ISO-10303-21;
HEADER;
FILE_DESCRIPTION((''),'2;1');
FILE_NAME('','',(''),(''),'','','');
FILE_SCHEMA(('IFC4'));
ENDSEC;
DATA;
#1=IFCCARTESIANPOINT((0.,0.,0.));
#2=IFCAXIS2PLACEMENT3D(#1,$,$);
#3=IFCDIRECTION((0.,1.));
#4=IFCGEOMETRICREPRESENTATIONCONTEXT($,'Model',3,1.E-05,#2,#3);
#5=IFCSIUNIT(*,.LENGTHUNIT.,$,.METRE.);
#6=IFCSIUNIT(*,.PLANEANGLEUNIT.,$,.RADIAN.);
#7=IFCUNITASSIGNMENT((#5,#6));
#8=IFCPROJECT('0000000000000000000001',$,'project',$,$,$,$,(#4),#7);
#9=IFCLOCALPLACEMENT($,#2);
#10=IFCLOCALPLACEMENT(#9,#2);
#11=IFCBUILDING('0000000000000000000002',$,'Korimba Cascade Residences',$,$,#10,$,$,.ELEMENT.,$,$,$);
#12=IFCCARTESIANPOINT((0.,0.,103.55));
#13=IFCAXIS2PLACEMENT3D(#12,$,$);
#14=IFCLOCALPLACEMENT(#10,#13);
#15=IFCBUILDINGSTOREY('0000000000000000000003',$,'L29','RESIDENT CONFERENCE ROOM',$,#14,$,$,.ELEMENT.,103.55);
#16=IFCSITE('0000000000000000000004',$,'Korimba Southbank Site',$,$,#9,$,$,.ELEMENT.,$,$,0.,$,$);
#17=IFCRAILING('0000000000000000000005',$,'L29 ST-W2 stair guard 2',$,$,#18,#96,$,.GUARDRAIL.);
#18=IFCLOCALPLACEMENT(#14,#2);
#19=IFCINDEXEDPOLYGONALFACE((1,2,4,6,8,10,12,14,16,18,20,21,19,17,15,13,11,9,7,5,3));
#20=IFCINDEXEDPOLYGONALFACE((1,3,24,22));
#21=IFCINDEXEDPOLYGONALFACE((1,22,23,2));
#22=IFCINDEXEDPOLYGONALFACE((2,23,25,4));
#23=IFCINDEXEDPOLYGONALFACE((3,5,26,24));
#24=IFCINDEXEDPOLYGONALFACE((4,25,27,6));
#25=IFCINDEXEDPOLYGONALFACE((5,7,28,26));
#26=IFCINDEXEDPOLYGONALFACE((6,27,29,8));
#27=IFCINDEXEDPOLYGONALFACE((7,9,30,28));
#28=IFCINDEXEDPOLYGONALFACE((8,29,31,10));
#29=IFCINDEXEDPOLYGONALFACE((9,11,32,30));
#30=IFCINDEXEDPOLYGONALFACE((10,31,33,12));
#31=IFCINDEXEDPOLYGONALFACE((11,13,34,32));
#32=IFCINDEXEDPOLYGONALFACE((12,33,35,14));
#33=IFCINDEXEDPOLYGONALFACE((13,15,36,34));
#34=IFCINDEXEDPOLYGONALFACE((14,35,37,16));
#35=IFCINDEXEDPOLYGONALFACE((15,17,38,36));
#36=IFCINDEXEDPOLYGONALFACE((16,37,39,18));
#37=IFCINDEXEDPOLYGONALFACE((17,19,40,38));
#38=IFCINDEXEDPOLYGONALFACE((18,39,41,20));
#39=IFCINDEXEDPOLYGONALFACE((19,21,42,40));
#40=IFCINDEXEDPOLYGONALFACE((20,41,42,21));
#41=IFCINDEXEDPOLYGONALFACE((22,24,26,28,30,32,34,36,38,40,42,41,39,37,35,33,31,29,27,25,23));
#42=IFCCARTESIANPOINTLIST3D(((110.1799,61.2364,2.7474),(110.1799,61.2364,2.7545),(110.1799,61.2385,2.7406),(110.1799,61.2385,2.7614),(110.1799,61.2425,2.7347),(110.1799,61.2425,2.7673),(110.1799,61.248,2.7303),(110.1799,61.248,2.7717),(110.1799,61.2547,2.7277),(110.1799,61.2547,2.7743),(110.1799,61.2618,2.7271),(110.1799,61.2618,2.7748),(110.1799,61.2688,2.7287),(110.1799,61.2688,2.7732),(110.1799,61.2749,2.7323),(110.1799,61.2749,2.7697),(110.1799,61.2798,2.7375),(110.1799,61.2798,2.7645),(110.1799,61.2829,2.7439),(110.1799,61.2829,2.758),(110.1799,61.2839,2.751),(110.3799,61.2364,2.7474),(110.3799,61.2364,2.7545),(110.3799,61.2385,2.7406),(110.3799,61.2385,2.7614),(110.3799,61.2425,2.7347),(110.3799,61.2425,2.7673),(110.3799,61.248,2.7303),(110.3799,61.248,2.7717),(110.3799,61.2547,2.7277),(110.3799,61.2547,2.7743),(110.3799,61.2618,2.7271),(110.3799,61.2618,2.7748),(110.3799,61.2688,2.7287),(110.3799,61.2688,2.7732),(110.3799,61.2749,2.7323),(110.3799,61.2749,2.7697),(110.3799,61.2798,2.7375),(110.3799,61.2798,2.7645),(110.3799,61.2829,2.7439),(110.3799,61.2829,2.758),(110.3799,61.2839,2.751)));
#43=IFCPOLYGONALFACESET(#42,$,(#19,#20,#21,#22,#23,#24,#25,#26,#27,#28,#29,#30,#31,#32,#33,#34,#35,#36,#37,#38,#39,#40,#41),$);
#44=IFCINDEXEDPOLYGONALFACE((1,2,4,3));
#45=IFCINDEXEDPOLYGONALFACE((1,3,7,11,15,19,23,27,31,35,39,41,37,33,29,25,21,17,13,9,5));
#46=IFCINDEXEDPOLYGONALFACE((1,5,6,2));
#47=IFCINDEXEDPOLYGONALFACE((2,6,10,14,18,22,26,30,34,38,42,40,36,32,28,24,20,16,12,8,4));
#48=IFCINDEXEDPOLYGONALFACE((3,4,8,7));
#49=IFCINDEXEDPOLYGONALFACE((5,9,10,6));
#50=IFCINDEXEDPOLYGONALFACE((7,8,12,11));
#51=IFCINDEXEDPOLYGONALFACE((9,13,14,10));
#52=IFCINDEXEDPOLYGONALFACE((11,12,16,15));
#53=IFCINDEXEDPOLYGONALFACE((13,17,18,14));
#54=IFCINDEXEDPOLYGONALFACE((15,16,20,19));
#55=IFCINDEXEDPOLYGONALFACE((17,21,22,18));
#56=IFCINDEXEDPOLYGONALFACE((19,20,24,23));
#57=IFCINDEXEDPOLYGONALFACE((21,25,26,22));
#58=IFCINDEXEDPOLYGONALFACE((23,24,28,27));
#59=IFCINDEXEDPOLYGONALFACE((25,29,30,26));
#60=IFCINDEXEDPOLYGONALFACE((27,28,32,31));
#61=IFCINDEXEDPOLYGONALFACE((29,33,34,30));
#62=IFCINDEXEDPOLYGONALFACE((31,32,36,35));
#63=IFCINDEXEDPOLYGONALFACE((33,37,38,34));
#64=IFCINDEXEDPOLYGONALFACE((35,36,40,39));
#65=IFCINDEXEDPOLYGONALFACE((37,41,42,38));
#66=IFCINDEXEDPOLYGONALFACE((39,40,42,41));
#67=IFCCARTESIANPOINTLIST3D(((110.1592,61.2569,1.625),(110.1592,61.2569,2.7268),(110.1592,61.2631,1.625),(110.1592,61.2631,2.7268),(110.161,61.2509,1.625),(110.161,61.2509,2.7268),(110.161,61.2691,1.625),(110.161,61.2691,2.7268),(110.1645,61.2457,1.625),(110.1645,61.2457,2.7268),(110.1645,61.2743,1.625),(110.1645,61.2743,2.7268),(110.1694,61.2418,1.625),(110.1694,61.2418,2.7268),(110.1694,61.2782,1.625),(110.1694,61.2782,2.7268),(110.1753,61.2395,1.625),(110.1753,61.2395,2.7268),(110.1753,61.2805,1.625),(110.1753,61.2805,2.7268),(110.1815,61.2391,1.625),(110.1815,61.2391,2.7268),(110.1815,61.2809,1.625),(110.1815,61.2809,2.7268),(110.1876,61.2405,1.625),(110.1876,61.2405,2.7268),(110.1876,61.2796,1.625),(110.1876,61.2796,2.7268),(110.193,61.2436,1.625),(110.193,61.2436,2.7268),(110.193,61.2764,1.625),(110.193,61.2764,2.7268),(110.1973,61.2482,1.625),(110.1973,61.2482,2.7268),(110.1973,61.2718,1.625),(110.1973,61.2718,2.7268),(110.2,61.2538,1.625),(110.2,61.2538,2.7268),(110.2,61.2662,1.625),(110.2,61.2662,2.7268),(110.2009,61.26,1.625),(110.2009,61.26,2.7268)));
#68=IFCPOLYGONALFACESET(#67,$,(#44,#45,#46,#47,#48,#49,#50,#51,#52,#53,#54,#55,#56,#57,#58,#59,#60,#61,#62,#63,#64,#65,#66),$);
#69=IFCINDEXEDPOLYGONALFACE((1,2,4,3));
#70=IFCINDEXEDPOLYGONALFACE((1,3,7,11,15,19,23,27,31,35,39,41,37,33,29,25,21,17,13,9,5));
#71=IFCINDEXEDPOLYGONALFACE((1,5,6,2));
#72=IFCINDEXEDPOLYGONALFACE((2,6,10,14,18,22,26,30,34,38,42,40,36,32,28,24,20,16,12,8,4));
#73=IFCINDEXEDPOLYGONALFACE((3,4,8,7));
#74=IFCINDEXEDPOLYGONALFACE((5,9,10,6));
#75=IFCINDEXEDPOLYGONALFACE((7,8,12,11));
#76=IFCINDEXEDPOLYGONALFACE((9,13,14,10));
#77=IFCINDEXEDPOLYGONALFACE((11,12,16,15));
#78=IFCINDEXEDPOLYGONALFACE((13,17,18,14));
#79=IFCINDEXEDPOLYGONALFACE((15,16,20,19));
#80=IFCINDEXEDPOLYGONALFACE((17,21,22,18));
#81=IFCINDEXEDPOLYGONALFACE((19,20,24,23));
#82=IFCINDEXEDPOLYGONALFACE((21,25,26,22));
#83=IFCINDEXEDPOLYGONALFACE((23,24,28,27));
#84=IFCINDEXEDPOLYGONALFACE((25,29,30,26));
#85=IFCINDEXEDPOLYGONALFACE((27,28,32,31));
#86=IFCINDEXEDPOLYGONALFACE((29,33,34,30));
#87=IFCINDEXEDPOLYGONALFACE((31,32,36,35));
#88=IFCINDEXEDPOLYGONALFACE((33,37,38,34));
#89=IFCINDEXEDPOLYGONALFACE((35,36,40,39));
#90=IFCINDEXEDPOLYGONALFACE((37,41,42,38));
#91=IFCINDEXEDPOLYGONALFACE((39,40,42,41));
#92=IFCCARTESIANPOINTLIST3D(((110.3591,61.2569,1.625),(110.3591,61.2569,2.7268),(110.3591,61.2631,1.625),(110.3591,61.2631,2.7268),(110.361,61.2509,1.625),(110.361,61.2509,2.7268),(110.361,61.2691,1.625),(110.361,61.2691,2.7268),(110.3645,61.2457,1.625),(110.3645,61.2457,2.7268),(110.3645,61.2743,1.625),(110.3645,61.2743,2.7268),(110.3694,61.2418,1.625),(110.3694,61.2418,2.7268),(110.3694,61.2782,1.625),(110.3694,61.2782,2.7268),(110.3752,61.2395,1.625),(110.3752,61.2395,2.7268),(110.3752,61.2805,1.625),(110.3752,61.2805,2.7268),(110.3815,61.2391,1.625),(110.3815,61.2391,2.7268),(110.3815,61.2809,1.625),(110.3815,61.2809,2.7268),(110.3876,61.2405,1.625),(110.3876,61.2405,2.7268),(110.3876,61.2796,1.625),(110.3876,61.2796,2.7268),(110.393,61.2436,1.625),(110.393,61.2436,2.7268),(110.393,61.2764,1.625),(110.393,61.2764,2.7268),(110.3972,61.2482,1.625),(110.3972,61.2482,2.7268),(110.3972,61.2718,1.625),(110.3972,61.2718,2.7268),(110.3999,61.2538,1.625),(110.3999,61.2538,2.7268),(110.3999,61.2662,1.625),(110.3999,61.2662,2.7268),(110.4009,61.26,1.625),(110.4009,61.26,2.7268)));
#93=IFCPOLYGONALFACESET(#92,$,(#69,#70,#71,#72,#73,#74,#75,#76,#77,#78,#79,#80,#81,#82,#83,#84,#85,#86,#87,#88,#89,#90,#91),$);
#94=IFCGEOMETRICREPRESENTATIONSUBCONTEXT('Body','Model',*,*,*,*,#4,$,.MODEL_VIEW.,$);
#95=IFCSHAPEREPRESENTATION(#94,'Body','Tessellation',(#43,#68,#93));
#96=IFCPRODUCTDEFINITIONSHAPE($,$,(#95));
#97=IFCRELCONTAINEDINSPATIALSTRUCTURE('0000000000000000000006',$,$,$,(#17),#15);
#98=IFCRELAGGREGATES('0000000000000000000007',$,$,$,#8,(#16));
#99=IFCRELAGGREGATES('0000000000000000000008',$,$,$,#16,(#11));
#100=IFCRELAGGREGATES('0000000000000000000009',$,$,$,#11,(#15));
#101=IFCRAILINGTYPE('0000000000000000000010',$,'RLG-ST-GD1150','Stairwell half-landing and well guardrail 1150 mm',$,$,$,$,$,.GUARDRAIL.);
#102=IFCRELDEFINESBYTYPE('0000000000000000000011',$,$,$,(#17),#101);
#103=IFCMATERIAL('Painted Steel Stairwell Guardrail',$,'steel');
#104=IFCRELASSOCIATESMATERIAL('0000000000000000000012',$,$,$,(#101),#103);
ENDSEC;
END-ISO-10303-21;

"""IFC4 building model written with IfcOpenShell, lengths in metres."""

from ifc_helpers import new_model, si_unit, direction, frame, origin, origin_2d, place, context, subcontext, project, spatial, circle, extrude, material, type_object, element, save


model = new_model("IFC4")

# Units and contexts
model_context = context("Model", 3, precision=1e-05, world=origin(), true_north=direction((0.0, 1.0)))
body_context = subcontext(model_context, "Body", "Model", "MODEL_VIEW")
ifc_project = project(units=[si_unit("LENGTHUNIT", "METRE"), si_unit("PLANEANGLEUNIT", "RADIAN")], contexts=[model_context])

# Site, building, storey
site_placement = place(None, origin())
site = spatial("IfcSite", under=ifc_project, at=site_placement, Name="Korimba Southbank Site", CompositionType="ELEMENT", RefElevation=0.0)
building_placement = place(site_placement, origin())
building = spatial("IfcBuilding", under=site, at=building_placement, Name="Korimba Cascade Residences", CompositionType="ELEMENT")
storey_placement = place(building_placement, frame((0.0, 0.0, 103.55)))
storey = spatial("IfcBuildingStorey", under=building, at=storey_placement, Name="L29", Description="RESIDENT CONFERENCE ROOM", CompositionType="ELEMENT", Elevation=103.55)

# Railing
ifc_material_1 = material(Name="Painted Steel Stairwell Guardrail", Category="steel")
railing_type_1 = type_object("IfcRailingType", Name="RLG-ST-GD1150", Description="Stairwell half-landing and well guardrail 1150 mm", PredefinedType="GUARDRAIL", material=ifc_material_1)
railing_1_placement = place(storey_placement, frame((110.1799, 61.26, 1.625)))
element("IfcRailing", 1, at=railing_1_placement, inside=storey, type_object=railing_type_1, Name="L29 ST-W2 stair guard 2", PredefinedType="GUARDRAIL", context=body_context, shape_type="SweptSolid", body=[
    extrude(circle(Radius=0.0239, at=origin_2d()), frame((0.0, 0.0, 1.126), z_axis=(1.0, 0.0, 0.0), x_axis=(0.0, 1.0, 0.0)), (0.0, 0.0, 1.0), 0.2),
    extrude(circle(Radius=0.021, at=origin_2d()), origin(), (0.0, 0.0, 1.0), 1.1018),
    extrude(circle(Radius=0.021, at=origin_2d()), frame((0.2, 0.0, 0.0)), (0.0, 0.0, 1.0), 1.1018),
])

save(model, "model.ifc")
